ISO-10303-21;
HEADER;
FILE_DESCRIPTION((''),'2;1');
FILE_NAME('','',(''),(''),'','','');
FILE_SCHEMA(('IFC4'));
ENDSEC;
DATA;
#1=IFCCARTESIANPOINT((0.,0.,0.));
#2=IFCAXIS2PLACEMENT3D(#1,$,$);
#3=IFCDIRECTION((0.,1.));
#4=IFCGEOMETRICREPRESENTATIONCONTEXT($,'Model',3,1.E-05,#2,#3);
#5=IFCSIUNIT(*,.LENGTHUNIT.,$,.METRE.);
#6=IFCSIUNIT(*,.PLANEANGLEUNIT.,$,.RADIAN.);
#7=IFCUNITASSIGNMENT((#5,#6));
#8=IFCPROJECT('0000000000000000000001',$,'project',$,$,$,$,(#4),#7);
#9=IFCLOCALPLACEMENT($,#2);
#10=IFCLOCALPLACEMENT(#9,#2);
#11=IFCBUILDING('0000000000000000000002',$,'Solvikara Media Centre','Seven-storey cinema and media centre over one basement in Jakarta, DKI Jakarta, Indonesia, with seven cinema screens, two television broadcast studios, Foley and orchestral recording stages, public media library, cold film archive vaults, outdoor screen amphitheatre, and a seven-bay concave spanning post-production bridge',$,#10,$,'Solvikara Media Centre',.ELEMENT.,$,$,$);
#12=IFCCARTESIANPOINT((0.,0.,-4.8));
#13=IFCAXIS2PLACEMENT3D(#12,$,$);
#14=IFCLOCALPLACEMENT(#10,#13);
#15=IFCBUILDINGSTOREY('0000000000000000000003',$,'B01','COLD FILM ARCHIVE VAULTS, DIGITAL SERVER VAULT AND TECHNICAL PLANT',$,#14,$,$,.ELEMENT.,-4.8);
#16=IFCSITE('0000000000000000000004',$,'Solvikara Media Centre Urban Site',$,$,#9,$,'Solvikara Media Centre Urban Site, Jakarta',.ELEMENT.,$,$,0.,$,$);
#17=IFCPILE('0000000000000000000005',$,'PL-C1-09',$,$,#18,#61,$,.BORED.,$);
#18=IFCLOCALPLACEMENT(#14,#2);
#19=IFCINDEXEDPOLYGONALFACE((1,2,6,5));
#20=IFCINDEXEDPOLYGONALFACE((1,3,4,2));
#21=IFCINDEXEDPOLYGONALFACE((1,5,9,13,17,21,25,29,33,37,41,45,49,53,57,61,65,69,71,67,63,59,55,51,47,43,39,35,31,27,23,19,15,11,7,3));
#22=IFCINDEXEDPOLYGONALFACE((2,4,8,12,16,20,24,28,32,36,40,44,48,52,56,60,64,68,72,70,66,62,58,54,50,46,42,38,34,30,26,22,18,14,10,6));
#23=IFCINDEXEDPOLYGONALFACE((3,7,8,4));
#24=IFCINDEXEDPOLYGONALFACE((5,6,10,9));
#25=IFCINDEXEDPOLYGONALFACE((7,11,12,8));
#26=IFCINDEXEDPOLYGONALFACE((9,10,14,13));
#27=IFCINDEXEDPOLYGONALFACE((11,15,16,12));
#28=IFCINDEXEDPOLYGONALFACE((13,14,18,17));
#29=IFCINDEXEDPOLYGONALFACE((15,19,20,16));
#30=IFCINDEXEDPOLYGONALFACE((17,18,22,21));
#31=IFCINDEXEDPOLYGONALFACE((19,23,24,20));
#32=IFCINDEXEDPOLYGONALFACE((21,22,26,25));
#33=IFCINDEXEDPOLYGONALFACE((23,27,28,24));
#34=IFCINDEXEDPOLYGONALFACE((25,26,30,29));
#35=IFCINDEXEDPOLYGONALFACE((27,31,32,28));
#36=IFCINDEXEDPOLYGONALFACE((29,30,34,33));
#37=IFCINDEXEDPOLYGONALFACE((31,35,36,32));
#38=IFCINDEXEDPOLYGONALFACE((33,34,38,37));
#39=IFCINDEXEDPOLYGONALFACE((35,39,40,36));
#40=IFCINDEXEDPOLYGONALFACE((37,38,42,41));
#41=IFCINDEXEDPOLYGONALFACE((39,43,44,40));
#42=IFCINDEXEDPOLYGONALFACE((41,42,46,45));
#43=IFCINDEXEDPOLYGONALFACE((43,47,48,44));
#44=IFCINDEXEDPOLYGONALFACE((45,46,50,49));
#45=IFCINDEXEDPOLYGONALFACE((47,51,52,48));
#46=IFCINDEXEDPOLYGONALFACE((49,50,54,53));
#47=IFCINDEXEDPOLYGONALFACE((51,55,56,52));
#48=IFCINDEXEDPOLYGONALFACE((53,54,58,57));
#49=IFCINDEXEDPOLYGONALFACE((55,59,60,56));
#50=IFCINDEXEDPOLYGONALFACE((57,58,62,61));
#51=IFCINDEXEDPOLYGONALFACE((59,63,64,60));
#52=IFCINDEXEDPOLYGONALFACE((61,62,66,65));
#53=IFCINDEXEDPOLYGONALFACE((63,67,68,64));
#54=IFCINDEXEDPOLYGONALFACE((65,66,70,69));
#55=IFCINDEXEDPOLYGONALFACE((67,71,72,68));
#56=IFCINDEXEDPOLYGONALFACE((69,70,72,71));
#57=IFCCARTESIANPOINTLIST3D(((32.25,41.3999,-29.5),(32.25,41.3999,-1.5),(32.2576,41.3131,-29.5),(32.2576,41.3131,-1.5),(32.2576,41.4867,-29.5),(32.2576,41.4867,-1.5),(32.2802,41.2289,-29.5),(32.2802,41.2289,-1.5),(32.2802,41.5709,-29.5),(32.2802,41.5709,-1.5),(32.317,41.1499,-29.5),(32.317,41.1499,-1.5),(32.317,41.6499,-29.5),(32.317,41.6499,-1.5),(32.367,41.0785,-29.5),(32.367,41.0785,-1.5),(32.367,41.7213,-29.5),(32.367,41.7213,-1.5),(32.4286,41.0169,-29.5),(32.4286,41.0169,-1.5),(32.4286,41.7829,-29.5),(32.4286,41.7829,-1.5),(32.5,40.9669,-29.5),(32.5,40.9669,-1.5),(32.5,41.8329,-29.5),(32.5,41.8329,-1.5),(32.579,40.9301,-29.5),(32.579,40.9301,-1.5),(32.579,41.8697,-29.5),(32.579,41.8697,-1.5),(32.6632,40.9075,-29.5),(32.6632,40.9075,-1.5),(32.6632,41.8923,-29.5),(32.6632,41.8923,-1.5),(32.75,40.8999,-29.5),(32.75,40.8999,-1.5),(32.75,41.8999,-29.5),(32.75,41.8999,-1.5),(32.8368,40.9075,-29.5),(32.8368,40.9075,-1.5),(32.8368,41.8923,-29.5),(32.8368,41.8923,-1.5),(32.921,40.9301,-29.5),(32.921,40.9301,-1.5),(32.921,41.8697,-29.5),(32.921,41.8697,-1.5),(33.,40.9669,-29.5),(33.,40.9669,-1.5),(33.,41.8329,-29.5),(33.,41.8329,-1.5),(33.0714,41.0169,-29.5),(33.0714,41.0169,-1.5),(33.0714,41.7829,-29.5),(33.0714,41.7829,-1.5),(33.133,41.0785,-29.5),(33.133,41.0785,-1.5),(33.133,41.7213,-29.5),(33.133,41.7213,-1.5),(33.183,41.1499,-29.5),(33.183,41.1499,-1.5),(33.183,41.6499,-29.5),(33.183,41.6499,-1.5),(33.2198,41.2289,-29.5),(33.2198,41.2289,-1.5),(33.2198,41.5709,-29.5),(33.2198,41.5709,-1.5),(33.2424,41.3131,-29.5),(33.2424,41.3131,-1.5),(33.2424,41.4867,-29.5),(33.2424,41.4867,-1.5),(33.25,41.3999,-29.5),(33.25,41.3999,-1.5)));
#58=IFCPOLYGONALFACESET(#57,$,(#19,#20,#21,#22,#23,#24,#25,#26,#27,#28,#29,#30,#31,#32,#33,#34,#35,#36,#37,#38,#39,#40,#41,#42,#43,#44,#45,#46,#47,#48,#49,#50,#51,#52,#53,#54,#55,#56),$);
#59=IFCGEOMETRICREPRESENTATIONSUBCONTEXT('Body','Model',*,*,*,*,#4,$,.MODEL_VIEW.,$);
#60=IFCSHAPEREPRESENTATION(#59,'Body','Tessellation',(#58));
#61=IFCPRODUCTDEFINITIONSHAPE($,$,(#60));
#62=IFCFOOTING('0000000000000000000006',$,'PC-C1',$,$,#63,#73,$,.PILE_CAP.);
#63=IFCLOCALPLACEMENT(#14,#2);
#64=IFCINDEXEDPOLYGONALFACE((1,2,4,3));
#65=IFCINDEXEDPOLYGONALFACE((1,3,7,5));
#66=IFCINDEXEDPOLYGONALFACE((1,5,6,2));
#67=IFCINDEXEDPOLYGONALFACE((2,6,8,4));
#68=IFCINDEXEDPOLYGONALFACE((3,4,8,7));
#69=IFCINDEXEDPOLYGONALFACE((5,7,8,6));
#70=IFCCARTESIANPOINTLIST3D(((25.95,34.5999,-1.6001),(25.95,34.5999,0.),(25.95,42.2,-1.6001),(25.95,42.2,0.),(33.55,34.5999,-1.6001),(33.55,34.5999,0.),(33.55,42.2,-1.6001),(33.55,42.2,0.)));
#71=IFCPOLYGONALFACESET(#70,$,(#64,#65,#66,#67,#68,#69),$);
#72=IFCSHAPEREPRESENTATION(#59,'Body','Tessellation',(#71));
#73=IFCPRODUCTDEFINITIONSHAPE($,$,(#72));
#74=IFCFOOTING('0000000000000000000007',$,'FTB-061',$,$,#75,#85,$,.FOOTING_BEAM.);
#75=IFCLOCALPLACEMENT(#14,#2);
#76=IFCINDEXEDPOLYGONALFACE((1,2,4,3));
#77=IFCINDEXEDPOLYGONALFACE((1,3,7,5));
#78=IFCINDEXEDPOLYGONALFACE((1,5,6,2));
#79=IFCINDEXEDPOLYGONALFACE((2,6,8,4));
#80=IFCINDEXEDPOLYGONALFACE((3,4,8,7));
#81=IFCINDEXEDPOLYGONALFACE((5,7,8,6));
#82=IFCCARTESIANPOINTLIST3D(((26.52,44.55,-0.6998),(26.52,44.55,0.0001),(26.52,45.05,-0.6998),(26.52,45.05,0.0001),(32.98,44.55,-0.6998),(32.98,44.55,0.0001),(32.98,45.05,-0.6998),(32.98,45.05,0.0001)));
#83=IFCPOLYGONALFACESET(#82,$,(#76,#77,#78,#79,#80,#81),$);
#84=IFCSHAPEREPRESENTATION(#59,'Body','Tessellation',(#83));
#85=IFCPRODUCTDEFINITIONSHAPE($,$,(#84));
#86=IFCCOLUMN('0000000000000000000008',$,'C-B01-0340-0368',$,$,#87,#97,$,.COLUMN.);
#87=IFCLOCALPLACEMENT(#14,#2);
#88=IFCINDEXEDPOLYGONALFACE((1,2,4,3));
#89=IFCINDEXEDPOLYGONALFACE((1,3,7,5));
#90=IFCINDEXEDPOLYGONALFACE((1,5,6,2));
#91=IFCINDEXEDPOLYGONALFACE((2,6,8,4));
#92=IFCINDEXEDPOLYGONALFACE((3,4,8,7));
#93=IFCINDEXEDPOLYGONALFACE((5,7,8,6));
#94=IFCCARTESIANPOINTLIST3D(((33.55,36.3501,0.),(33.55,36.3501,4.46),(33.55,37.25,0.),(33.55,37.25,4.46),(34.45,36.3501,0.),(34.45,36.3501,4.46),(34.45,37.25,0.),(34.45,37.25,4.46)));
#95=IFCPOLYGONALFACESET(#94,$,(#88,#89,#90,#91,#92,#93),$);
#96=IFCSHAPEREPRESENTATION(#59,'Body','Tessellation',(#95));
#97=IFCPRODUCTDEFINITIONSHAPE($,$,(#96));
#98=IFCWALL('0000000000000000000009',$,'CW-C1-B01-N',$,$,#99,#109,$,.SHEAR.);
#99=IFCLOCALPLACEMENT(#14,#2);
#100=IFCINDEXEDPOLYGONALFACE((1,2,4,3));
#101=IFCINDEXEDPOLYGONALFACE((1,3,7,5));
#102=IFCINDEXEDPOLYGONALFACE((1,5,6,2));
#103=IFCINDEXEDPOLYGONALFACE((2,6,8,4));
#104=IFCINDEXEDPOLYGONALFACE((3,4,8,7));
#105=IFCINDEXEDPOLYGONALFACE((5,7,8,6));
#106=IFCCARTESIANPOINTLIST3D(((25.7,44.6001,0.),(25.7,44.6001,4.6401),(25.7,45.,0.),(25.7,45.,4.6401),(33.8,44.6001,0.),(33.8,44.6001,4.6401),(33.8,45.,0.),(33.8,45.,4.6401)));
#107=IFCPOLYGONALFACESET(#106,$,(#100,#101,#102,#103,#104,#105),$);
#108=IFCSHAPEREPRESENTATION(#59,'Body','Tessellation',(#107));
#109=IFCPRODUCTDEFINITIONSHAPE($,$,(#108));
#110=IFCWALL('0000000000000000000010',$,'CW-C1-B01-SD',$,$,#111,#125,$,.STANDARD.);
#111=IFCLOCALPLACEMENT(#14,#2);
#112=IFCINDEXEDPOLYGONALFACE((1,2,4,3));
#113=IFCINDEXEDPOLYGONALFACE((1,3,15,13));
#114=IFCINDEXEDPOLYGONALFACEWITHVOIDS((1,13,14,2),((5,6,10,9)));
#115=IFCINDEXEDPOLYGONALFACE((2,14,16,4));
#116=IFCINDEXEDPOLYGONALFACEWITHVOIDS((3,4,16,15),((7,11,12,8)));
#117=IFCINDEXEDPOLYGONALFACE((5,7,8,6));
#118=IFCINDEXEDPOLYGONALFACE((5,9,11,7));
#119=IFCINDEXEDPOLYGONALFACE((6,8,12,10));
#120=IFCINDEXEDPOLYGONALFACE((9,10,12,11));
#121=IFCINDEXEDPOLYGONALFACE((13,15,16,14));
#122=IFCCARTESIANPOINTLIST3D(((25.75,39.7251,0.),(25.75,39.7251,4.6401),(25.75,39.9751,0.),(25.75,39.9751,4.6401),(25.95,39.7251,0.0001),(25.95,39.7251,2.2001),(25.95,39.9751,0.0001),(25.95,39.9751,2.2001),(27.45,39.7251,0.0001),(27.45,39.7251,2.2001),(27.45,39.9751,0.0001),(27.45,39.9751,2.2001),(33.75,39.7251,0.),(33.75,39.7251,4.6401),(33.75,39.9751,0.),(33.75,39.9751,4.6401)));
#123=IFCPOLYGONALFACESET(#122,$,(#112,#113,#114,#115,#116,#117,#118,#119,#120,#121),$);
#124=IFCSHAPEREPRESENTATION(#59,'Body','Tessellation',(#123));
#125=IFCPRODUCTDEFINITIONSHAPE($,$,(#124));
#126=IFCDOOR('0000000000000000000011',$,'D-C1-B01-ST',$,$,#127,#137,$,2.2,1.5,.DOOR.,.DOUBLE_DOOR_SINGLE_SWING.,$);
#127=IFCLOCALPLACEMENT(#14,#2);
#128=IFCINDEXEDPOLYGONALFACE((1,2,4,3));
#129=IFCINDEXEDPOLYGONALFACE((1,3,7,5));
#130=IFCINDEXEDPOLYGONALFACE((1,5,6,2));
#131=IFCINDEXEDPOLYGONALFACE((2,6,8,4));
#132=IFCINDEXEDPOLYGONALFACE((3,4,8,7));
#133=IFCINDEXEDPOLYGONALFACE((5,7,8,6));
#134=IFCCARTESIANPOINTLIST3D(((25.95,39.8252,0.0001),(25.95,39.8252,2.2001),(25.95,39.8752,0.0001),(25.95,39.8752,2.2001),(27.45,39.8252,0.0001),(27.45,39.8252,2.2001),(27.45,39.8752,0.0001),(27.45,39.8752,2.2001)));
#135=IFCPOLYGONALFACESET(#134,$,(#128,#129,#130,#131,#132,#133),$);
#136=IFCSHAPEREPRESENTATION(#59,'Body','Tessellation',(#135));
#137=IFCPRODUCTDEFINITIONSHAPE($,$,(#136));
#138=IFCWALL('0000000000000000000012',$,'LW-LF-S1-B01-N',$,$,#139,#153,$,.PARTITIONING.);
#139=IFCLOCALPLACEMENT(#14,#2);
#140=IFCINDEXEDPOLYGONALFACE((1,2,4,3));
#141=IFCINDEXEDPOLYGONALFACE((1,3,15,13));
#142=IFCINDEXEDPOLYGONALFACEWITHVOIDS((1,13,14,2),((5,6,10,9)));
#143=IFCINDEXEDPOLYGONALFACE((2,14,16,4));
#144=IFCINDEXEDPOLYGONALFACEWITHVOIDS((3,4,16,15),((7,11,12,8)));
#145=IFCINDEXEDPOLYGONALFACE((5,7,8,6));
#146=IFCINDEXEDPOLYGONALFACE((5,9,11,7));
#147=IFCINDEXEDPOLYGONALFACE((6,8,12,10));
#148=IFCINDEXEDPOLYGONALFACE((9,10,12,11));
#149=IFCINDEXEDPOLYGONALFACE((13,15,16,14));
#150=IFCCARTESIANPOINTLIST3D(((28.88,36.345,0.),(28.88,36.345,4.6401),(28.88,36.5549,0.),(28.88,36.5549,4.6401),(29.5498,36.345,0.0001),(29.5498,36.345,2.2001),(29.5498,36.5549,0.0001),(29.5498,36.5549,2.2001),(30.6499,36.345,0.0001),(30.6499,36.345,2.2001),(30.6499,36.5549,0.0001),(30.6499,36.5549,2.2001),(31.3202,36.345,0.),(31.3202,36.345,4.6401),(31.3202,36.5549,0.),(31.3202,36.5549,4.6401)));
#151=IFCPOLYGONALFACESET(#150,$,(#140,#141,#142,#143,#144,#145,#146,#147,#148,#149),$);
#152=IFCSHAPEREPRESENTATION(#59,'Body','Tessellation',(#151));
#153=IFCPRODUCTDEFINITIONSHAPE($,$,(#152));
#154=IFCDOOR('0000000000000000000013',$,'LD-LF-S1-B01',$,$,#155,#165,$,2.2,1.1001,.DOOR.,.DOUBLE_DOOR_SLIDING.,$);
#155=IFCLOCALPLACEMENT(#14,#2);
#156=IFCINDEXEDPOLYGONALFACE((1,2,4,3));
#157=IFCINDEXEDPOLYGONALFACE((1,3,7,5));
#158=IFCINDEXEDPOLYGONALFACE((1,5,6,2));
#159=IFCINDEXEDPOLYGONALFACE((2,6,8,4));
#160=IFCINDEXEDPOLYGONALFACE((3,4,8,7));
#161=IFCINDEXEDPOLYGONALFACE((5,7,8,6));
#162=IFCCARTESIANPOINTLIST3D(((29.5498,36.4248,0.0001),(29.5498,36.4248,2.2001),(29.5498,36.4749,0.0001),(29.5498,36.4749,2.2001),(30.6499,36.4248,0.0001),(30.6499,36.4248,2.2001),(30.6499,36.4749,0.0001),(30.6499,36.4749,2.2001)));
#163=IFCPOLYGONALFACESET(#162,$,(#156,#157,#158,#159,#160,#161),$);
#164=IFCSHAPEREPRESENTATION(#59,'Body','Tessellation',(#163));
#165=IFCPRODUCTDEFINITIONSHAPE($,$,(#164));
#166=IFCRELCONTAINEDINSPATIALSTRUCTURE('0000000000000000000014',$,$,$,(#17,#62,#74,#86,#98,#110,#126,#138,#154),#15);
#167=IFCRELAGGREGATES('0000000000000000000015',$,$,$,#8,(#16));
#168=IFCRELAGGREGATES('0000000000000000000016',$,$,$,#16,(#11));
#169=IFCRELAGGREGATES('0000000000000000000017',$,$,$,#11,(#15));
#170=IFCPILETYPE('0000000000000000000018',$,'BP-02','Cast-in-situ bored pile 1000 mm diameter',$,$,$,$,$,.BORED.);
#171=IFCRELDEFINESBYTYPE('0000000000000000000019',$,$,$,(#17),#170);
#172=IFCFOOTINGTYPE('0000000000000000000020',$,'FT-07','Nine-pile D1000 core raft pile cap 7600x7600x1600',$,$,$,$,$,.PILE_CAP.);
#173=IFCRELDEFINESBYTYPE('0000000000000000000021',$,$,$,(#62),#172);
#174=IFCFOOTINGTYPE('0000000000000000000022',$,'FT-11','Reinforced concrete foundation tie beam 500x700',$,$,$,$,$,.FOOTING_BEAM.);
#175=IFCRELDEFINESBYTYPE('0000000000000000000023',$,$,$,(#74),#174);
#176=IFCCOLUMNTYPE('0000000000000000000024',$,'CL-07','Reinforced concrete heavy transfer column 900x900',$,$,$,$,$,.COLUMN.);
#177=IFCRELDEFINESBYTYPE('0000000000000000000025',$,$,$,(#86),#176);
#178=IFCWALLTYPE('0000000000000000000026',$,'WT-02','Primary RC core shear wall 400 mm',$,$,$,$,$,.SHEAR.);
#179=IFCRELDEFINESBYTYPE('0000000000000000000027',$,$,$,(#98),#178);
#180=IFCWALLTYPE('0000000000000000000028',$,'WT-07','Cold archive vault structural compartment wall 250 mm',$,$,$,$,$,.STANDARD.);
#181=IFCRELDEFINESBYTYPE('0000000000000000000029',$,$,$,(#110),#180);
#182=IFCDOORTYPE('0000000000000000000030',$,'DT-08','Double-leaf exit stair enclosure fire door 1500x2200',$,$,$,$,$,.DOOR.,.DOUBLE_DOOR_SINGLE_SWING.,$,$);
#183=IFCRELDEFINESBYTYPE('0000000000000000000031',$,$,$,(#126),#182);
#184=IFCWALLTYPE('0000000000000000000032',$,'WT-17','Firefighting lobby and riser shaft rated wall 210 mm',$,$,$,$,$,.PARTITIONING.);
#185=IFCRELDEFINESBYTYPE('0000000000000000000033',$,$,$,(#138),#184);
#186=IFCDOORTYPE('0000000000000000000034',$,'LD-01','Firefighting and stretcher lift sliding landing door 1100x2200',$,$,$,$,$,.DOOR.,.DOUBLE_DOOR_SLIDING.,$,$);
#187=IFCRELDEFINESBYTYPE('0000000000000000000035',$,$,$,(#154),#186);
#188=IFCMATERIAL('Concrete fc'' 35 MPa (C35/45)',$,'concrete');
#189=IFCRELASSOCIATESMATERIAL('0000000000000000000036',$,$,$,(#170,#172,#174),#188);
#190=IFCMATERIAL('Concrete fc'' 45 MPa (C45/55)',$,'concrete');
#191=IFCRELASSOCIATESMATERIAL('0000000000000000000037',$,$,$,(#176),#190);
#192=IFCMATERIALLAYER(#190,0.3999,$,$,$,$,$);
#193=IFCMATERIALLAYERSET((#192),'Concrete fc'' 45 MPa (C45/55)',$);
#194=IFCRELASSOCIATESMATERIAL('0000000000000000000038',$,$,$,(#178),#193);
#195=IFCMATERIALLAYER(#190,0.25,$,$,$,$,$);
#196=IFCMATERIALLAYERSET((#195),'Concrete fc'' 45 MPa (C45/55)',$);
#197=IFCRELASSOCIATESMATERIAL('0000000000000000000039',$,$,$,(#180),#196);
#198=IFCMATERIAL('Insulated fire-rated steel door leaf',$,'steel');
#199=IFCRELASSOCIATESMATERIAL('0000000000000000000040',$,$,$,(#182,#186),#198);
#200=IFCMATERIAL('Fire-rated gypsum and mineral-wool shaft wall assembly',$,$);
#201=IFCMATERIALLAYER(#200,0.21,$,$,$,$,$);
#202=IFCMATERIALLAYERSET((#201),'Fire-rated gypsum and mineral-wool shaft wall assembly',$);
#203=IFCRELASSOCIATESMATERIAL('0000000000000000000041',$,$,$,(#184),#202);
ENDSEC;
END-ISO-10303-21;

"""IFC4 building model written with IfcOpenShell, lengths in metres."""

from ifc_helpers import new_model, si_unit, direction, frame, frame_2d, origin, origin_2d, place, context, subcontext, project, spatial, rectangle, circle, extrude, material, layer, layer_set, material_profile, profile_set, type_object, element, fill, save


model = new_model("IFC4")

# Units and contexts
model_context = context("Model", 3, precision=1e-05, world=origin(), true_north=direction((0.0, 1.0)))
body_context = subcontext(model_context, "Body", "Model", "MODEL_VIEW")
ifc_project = project(units=[si_unit("LENGTHUNIT", "METRE"), si_unit("PLANEANGLEUNIT", "RADIAN")], contexts=[model_context])

# Site, building, storey
site_placement = place(None, origin())
site = spatial("IfcSite", under=ifc_project, at=site_placement, Name="Solvikara Media Centre Urban Site", LongName="Solvikara Media Centre Urban Site, Jakarta", CompositionType="ELEMENT", RefElevation=0.0)
building_placement = place(site_placement, origin())
building = spatial("IfcBuilding", under=site, at=building_placement, Name="Solvikara Media Centre", Description="Seven-storey cinema and media centre over one basement in Jakarta, DKI Jakarta, Indonesia, with seven cinema screens, two television broadcast studios, Foley and orchestral recording stages, public media library, cold film archive vaults, outdoor screen amphitheatre, and a seven-bay concave spanning post-production bridge", LongName="Solvikara Media Centre", CompositionType="ELEMENT")
storey_placement = place(building_placement, frame((0.0, 0.0, -4.8)))
storey = spatial("IfcBuildingStorey", under=building, at=storey_placement, Name="B01", Description="COLD FILM ARCHIVE VAULTS, DIGITAL SERVER VAULT AND TECHNICAL PLANT", CompositionType="ELEMENT", Elevation=-4.8)

# Pile
ifc_material_1 = material(Name="Concrete fc' 35 MPa (C35/45)", Category="concrete")
ifc_material_profile_1 = material_profile(ifc_material_1, circle(Radius=0.5, at=origin_2d()), Name="BORED PILE D1000")
ifc_profile_set_1 = profile_set([ifc_material_profile_1], Name="Concrete fc' 35 MPa (C35/45)")
pile_type = type_object("IfcPileType", Name="BP-02", Description="Cast-in-situ bored pile 1000 mm diameter", PredefinedType="BORED", material=ifc_profile_set_1)
for number, where, z_axis, x_axis, name in (
    (1, (32.75, 41.3999, -1.5), (0.0, 0.0, -1.0), (1.0, 0.0, 0.0), "PL-C1-09"),
):
    element("IfcPile", number, at=place(storey_placement, frame(where, z_axis=z_axis, x_axis=x_axis)), inside=storey, type_object=pile_type, Name=name, PredefinedType="BORED", context=body_context, shape_type="SweptSolid", body=[
        extrude(circle(Radius=0.5, at=origin_2d()), origin(), (0.0, 0.0, 1.0), 28.0),
    ])

# Footings
footing_type_1 = type_object("IfcFootingType", Name="FT-07", Description="Nine-pile D1000 core raft pile cap 7600x7600x1600", PredefinedType="PILE_CAP", material=ifc_material_1)
footing_1_placement = place(storey_placement, frame((29.75, 38.3999, -1.6001), z_axis=(0.0, 0.0, 1.0), x_axis=(1.0, 0.0, 0.0)))
element("IfcFooting", 2, at=footing_1_placement, inside=storey, type_object=footing_type_1, Name="PC-C1", PredefinedType="PILE_CAP", context=body_context, shape_type="SweptSolid", body=[
    extrude(rectangle(XDim=7.6001, YDim=7.6001, at=origin_2d()), origin(), (0.0, 0.0, 1.0), 1.6001),
])
ifc_material_profile_2 = material_profile(ifc_material_1, rectangle(XDim=0.5, YDim=0.7, at=origin_2d()), Name="RC 500x700")
ifc_profile_set_2 = profile_set([ifc_material_profile_2], Name="Concrete fc' 35 MPa (C35/45)")
footing_type_2 = type_object("IfcFootingType", Name="FT-11", Description="Reinforced concrete foundation tie beam 500x700", PredefinedType="FOOTING_BEAM", material=ifc_profile_set_2)
footing_2_placement = place(storey_placement, frame((26.52, 44.8, -0.3499), z_axis=(1.0, 0.0, 0.0), x_axis=(0.0, 1.0, 0.0)))
element("IfcFooting", 3, at=footing_2_placement, inside=storey, type_object=footing_type_2, Name="FTB-061", PredefinedType="FOOTING_BEAM", context=body_context, shape_type="SweptSolid", body=[
    extrude(rectangle(XDim=0.5, YDim=0.7, at=origin_2d()), origin(), (0.0, 0.0, 1.0), 6.46),
])

# Column
ifc_material_2 = material(Name="Concrete fc' 45 MPa (C45/55)", Category="concrete")
ifc_material_profile_3 = material_profile(ifc_material_2, rectangle(XDim=0.8999, YDim=0.8999, at=origin_2d()), Name="RC 900x900")
ifc_profile_set_3 = profile_set([ifc_material_profile_3], Name="Concrete fc' 45 MPa (C45/55)")
column_type = type_object("IfcColumnType", Name="CL-07", Description="Reinforced concrete heavy transfer column 900x900", PredefinedType="COLUMN", material=ifc_profile_set_3)
column_placement = place(storey_placement, frame((34.0, 36.8, 0.0), z_axis=(0.0, 0.0, 1.0), x_axis=(1.0, 0.0, 0.0)))
element("IfcColumn", 4, at=column_placement, inside=storey, type_object=column_type, Name="C-B01-0340-0368", PredefinedType="COLUMN", context=body_context, shape_type="SweptSolid", body=[
    extrude(rectangle(XDim=0.8999, YDim=0.8999, at=origin_2d()), origin(), (0.0, 0.0, 1.0), 4.46),
])

# Wall
ifc_layer_1 = layer(ifc_material_2, 0.3999)
ifc_layer_set_1 = layer_set([ifc_layer_1], Name="Concrete fc' 45 MPa (C45/55)")
wall_type_1 = type_object("IfcWallType", Name="WT-02", Description="Primary RC core shear wall 400 mm", PredefinedType="SHEAR", material=ifc_layer_set_1)
wall_1_placement = place(storey_placement, frame((25.7, 44.8, 0.0), z_axis=(0.0, 0.0, 1.0), x_axis=(1.0, 0.0, 0.0)))
element("IfcWall", 5, at=wall_1_placement, inside=storey, type_object=wall_type_1, Name="CW-C1-B01-N", PredefinedType="SHEAR", context=body_context, shape_type="SweptSolid", body=[
    extrude(rectangle(XDim=8.1001, YDim=0.3999, at=frame_2d((4.05, 0.0))), origin(), (0.0, 0.0, 1.0), 4.6401),
])

# Walls, openings, doors
ifc_layer_2 = layer(ifc_material_2, 0.25)
ifc_layer_set_2 = layer_set([ifc_layer_2], Name="Concrete fc' 45 MPa (C45/55)")
wall_type_2 = type_object("IfcWallType", Name="WT-07", Description="Cold archive vault structural compartment wall 250 mm", PredefinedType="STANDARD", material=ifc_layer_set_2)
wall_2_placement = place(storey_placement, frame((25.75, 39.8501, 0.0), z_axis=(0.0, 0.0, 1.0), x_axis=(1.0, 0.0, 0.0)))
wall_2 = element("IfcWall", 6, at=wall_2_placement, inside=storey, type_object=wall_type_2, Name="CW-C1-B01-SD", PredefinedType="STANDARD", context=body_context, shape_type="SweptSolid", body=[
    extrude(rectangle(XDim=8.0, YDim=0.25, at=frame_2d((4.0, 0.0))), origin(), (0.0, 0.0, 1.0), 4.6401),
])
opening_1_placement = place(wall_2_placement, frame((0.2, 0.0, 0.0)))
opening_1 = element("IfcOpeningElement", 7, at=opening_1_placement, cuts=wall_2, PredefinedType="OPENING", context=body_context, shape_type="SweptSolid", body=[
    extrude(rectangle(XDim=1.5, YDim=2.2, at=frame_2d((0.75, 1.1001))), frame((0.0, 0.137, 0.0), z_axis=(0.0, -1.0, 0.0), x_axis=(1.0, 0.0, 0.0)), (0.0, 0.0, 1.0), 0.2739),
])
ifc_material_3 = material(Name="Insulated fire-rated steel door leaf", Category="steel")
door_type_1 = type_object("IfcDoorType", Name="DT-08", Description="Double-leaf exit stair enclosure fire door 1500x2200", OperationType="DOUBLE_DOOR_SINGLE_SWING", PredefinedType="DOOR", material=ifc_material_3)
door_1_placement = place(opening_1_placement, frame((1.5, 0.0, 0.0), z_axis=(0.0, 0.0, 1.0), x_axis=(-1.0, 0.0, 0.0)))
door_1 = element("IfcDoor", 8, at=door_1_placement, inside=storey, type_object=door_type_1, Name="D-C1-B01-ST", OperationType="DOUBLE_DOOR_SINGLE_SWING", OverallHeight=2.2, OverallWidth=1.5, PredefinedType="DOOR", context=body_context, shape_type="SweptSolid", body=[
    extrude(rectangle(XDim=1.5, YDim=2.2, at=frame_2d((0.75, 1.1001))), frame((0.0, 0.0249, 0.0), z_axis=(0.0, -1.0, 0.0), x_axis=(1.0, 0.0, 0.0)), (0.0, 0.0, 1.0), 0.05),
])
fill(opening_1, door_1)
ifc_material_4 = material(Name="Fire-rated gypsum and mineral-wool shaft wall assembly")
ifc_layer_3 = layer(ifc_material_4, 0.21)
ifc_layer_set_3 = layer_set([ifc_layer_3], Name="Fire-rated gypsum and mineral-wool shaft wall assembly")
wall_type_3 = type_object("IfcWallType", Name="WT-17", Description="Firefighting lobby and riser shaft rated wall 210 mm", PredefinedType="PARTITIONING", material=ifc_layer_set_3)
wall_3_placement = place(storey_placement, frame((28.8799, 36.45, 0.0), z_axis=(0.0, 0.0, 1.0), x_axis=(1.0, 0.0, 0.0)))
wall_3 = element("IfcWall", 9, at=wall_3_placement, inside=storey, type_object=wall_type_3, Name="LW-LF-S1-B01-N", PredefinedType="PARTITIONING", context=body_context, shape_type="SweptSolid", body=[
    extrude(rectangle(XDim=2.4402, YDim=0.21, at=frame_2d((1.2202, 0.0))), origin(), (0.0, 0.0, 1.0), 4.6401),
])
opening_2_placement = place(wall_3_placement, frame((0.6699, 0.0, 0.0)))
opening_2 = element("IfcOpeningElement", 10, at=opening_2_placement, cuts=wall_3, PredefinedType="OPENING", context=body_context, shape_type="SweptSolid", body=[
    extrude(rectangle(XDim=1.1001, YDim=2.2, at=frame_2d((0.55, 1.1001))), frame((0.0, 0.1169, 0.0), z_axis=(0.0, -1.0, 0.0), x_axis=(1.0, 0.0, 0.0)), (0.0, 0.0, 1.0), 0.2339),
])
door_type_2 = type_object("IfcDoorType", Name="LD-01", Description="Firefighting and stretcher lift sliding landing door 1100x2200", OperationType="DOUBLE_DOOR_SLIDING", PredefinedType="DOOR", material=ifc_material_3)
door_2_placement = place(opening_2_placement, origin())
door_2 = element("IfcDoor", 11, at=door_2_placement, inside=storey, type_object=door_type_2, Name="LD-LF-S1-B01", OperationType="DOUBLE_DOOR_SLIDING", OverallHeight=2.2, OverallWidth=1.1001, PredefinedType="DOOR", context=body_context, shape_type="SweptSolid", body=[
    extrude(rectangle(XDim=1.1001, YDim=2.2, at=frame_2d((0.55, 1.1001))), frame((0.0, 0.0249, 0.0), z_axis=(0.0, -1.0, 0.0), x_axis=(1.0, 0.0, 0.0)), (0.0, 0.0, 1.0), 0.05),
])
fill(opening_2, door_2)

save(model, "model.ifc")
